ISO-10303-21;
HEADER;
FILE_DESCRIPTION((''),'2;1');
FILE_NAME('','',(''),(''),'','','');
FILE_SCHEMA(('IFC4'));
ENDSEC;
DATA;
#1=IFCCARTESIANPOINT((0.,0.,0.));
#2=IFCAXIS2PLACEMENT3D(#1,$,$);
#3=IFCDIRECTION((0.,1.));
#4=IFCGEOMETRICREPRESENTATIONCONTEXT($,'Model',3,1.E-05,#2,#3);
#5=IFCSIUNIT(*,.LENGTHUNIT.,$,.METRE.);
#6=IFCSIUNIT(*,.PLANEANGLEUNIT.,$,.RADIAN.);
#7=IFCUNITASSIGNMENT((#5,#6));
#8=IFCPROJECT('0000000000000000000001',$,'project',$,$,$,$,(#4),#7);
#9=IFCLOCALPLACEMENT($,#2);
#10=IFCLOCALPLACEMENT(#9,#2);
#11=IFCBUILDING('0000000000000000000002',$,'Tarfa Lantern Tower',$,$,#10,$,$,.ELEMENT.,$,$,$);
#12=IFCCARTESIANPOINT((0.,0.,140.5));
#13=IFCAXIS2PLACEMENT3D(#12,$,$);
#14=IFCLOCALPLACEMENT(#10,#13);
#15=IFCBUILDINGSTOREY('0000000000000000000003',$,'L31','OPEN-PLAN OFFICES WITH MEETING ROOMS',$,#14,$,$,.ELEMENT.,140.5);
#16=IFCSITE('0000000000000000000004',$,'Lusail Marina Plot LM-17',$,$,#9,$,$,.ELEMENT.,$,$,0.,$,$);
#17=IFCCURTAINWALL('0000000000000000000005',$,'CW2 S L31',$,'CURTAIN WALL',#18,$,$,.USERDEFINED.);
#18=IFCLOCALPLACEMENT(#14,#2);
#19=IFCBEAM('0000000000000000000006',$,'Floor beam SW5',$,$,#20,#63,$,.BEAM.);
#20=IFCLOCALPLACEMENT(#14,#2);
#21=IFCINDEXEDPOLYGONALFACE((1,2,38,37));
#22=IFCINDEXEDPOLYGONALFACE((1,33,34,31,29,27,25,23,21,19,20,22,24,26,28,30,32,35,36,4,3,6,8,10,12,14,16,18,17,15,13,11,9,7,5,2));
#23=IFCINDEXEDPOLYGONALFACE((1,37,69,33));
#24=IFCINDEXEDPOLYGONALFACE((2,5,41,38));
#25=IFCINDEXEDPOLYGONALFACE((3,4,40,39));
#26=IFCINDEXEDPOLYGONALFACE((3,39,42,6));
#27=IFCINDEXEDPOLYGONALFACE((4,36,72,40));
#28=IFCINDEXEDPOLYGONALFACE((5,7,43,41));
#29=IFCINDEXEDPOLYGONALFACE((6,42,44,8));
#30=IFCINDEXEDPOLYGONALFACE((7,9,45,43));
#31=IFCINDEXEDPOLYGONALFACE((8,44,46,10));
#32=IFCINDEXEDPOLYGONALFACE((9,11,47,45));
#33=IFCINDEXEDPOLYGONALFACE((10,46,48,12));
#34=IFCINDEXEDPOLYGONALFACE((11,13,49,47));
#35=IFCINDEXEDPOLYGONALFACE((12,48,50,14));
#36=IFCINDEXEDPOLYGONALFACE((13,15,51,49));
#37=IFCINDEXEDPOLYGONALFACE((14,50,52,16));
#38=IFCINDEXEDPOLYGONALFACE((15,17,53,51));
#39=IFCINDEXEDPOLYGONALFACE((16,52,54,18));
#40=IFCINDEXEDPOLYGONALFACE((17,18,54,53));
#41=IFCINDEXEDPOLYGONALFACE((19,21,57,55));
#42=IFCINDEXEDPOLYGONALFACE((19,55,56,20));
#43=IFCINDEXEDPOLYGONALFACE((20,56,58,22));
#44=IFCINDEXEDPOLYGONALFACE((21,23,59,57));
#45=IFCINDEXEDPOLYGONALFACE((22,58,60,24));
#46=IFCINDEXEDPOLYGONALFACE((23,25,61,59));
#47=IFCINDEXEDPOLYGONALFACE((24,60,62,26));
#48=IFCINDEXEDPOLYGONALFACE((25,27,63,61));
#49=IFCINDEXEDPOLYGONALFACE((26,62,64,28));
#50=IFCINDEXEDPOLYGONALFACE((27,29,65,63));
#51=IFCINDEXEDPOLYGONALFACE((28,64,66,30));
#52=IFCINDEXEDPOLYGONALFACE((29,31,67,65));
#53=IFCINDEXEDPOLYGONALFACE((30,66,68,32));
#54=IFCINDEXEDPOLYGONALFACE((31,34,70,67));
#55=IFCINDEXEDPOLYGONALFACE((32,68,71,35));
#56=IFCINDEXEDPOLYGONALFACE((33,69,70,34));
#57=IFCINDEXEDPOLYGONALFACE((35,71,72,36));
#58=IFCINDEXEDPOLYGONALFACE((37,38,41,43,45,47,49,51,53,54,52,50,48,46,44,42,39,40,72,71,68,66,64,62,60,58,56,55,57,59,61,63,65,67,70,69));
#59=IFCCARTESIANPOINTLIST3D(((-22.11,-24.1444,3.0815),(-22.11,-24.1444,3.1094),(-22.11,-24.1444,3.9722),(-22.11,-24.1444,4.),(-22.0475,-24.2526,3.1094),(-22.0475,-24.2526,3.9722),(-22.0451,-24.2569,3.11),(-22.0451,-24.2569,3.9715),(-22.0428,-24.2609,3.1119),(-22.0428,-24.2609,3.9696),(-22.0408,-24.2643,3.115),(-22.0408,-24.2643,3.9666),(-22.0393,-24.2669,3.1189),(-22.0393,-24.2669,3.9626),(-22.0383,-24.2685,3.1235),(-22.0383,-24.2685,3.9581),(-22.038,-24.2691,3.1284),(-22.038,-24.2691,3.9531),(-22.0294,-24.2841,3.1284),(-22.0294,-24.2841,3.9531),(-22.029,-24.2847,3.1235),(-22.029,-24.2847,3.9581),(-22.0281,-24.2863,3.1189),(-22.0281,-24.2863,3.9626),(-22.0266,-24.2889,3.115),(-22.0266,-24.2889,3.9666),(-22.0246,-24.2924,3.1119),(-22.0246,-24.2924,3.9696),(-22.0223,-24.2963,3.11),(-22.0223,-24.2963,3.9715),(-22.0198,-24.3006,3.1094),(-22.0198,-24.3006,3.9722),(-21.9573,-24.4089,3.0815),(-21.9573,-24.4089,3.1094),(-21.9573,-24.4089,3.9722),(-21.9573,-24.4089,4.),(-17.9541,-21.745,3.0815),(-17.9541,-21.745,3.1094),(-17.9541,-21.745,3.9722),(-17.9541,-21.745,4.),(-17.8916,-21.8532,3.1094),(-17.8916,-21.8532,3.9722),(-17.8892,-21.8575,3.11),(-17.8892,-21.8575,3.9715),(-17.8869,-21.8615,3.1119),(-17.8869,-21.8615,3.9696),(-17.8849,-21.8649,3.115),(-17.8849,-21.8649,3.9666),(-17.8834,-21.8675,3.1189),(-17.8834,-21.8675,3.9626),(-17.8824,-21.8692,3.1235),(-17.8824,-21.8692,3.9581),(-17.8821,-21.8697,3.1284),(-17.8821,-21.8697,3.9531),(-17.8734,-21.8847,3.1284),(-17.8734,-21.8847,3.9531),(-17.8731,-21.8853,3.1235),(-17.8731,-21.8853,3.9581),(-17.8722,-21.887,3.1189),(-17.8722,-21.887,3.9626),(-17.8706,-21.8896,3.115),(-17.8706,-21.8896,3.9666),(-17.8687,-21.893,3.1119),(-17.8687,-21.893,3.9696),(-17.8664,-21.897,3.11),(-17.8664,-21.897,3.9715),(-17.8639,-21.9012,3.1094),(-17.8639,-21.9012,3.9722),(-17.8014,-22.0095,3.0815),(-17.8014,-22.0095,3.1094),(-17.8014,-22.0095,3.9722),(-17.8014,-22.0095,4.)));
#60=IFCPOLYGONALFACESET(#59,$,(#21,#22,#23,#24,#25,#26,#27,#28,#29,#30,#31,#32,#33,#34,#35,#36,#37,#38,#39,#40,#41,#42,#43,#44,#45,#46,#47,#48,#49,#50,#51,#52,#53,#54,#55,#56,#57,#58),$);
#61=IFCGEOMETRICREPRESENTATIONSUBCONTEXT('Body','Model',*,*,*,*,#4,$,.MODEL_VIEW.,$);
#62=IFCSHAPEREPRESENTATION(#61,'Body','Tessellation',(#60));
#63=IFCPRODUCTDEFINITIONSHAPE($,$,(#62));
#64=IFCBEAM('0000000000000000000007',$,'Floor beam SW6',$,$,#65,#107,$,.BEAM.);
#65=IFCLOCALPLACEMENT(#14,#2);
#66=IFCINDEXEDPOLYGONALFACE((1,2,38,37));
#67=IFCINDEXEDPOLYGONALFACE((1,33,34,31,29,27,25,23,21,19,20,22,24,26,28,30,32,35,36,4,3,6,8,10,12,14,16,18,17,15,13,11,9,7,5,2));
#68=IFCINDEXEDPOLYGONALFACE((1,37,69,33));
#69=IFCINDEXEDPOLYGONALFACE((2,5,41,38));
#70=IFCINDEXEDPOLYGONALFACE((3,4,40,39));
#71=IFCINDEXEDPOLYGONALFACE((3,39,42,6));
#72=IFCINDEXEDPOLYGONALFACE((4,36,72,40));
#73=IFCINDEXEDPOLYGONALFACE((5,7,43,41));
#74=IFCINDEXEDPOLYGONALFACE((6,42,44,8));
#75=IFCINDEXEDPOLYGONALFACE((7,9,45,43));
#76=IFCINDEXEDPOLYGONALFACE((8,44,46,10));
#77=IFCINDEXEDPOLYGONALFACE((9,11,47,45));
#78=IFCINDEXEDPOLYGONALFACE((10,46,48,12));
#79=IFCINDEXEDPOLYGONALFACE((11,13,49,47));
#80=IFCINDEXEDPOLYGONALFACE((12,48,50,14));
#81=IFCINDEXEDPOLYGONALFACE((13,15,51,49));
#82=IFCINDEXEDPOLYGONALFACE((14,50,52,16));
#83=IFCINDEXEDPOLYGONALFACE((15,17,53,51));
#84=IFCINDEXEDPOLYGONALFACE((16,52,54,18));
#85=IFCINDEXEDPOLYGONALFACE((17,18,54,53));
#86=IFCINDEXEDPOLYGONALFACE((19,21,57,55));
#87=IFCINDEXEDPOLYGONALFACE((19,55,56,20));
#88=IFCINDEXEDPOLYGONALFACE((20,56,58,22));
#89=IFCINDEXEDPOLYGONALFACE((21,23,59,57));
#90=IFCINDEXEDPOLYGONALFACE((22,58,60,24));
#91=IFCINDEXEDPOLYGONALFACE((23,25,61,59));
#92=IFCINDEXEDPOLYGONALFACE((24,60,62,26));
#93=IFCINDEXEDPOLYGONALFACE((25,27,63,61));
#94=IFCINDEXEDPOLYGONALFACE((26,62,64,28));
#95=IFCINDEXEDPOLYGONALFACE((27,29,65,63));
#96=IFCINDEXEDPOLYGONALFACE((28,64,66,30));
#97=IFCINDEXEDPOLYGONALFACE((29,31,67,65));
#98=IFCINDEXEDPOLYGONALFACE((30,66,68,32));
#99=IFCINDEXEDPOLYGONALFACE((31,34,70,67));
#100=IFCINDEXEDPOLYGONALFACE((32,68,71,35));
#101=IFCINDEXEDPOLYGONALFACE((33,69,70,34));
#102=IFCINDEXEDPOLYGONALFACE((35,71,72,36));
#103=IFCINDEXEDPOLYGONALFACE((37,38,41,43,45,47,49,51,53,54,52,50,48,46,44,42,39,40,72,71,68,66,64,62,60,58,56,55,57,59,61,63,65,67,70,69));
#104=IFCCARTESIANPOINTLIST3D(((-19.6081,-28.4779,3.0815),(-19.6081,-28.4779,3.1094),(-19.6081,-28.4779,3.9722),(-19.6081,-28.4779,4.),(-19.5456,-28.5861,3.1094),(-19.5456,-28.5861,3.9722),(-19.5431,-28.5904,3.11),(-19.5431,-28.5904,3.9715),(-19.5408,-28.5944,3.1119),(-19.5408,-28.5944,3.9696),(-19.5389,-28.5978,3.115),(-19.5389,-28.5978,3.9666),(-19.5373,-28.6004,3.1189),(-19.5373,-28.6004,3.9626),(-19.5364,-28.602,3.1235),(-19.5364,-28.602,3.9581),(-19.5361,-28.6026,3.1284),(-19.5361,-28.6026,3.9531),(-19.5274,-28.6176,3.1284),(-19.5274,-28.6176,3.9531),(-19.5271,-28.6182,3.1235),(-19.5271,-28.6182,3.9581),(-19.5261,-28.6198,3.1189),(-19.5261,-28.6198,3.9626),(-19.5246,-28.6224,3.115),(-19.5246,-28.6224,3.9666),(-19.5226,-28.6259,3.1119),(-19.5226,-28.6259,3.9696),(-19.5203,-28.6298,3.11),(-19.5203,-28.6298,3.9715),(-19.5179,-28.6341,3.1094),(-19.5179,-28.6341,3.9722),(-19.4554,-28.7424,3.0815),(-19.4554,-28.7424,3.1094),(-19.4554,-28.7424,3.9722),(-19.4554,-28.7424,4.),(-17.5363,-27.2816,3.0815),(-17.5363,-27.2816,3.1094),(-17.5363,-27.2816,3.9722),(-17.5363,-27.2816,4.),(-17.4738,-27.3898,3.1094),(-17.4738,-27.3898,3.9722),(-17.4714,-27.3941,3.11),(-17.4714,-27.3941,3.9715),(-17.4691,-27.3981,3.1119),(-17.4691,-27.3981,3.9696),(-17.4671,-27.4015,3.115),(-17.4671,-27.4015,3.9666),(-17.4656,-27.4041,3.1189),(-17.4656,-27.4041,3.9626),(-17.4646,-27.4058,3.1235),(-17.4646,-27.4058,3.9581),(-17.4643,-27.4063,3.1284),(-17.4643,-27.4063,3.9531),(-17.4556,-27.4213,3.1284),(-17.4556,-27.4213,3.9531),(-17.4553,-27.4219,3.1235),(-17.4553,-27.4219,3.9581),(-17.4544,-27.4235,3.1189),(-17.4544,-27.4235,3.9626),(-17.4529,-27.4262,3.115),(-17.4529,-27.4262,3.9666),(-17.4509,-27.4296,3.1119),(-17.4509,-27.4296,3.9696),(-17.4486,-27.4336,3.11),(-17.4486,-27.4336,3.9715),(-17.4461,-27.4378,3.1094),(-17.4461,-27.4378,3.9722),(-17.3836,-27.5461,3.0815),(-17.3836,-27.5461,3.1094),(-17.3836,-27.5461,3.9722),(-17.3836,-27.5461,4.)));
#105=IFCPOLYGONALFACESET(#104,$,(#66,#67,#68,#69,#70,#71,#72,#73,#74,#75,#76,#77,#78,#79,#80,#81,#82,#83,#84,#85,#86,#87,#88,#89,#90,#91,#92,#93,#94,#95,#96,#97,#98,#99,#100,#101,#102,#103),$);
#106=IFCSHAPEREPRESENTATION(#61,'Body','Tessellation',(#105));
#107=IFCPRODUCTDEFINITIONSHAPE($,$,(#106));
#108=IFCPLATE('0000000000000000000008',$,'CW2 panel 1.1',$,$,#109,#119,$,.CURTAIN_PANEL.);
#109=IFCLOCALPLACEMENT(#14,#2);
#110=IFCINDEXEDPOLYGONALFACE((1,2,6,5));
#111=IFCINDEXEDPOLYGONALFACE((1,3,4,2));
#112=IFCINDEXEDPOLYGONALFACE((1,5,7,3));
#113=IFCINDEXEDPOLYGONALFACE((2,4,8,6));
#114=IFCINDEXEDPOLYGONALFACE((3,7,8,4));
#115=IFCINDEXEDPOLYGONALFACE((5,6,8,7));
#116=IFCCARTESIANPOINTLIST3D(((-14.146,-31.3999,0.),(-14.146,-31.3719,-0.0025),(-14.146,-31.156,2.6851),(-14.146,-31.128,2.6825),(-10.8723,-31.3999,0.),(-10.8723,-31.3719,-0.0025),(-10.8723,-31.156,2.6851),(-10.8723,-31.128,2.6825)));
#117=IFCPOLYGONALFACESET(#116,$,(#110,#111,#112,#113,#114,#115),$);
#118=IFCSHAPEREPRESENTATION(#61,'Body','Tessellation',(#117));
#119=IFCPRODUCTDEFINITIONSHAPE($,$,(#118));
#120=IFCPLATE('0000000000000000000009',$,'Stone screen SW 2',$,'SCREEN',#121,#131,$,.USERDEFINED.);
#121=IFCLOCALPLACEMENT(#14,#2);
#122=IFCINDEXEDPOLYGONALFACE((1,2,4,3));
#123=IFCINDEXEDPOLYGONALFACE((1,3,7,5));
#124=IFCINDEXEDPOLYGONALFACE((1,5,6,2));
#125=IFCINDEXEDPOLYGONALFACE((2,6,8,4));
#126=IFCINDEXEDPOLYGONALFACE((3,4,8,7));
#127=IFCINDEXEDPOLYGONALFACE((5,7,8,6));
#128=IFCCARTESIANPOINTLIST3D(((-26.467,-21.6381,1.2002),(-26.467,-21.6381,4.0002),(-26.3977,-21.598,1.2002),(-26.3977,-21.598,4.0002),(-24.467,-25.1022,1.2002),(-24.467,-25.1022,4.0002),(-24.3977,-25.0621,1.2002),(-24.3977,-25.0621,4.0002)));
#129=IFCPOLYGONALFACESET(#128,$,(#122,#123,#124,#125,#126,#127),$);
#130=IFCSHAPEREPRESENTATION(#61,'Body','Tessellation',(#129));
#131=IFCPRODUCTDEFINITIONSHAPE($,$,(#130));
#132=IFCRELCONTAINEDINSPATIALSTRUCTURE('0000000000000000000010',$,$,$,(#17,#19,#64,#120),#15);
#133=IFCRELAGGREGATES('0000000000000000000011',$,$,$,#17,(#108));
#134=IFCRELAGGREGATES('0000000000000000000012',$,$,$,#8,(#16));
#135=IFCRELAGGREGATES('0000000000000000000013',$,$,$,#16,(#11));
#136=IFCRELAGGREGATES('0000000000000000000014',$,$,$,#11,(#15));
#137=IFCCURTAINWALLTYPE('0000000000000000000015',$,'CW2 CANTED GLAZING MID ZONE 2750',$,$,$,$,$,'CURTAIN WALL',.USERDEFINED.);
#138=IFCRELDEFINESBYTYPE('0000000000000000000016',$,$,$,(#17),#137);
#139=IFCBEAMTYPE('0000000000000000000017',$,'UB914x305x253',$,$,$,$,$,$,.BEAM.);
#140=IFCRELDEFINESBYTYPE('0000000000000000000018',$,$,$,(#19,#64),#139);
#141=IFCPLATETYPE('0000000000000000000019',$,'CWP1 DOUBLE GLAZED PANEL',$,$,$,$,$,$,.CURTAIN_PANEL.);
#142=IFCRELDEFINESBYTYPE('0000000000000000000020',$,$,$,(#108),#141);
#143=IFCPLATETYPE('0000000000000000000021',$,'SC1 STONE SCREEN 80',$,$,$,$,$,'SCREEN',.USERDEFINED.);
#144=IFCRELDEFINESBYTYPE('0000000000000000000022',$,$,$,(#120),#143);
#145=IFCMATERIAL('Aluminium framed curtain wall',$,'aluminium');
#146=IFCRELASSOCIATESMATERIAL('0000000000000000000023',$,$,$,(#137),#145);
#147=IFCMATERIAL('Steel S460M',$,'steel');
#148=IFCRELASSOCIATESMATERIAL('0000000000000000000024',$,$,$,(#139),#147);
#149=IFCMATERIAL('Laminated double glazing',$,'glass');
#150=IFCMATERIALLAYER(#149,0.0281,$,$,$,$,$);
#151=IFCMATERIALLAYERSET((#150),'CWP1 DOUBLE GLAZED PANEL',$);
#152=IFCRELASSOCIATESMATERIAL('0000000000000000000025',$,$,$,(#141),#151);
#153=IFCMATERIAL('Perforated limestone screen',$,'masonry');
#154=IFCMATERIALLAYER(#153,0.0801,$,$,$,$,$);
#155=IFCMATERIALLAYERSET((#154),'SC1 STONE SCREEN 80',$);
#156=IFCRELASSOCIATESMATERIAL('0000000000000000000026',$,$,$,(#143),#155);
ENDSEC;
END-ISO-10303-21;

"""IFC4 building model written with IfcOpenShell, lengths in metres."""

from ifc_helpers import new_model, si_unit, direction, frame, origin, origin_2d, place, context, subcontext, project, spatial, polyline, rectangle, i_section, outline, extrude, material, layer, layer_set, material_profile, profile_set, type_object, element, aggregate, save


model = new_model("IFC4")

# Units and contexts
model_context = context("Model", 3, precision=1e-05, world=origin(), true_north=direction((0.0, 1.0)))
body_context = subcontext(model_context, "Body", "Model", "MODEL_VIEW")
ifc_project = project(units=[si_unit("LENGTHUNIT", "METRE"), si_unit("PLANEANGLEUNIT", "RADIAN")], contexts=[model_context])

# Site, building, storey
site_placement = place(None, origin())
site = spatial("IfcSite", under=ifc_project, at=site_placement, Name="Lusail Marina Plot LM-17", CompositionType="ELEMENT", RefElevation=0.0)
building_placement = place(site_placement, origin())
building = spatial("IfcBuilding", under=site, at=building_placement, Name="Tarfa Lantern Tower", CompositionType="ELEMENT")
storey_placement = place(building_placement, frame((0.0, 0.0, 140.5)))
storey = spatial("IfcBuildingStorey", under=building, at=storey_placement, Name="L31", Description="OPEN-PLAN OFFICES WITH MEETING ROOMS", CompositionType="ELEMENT", Elevation=140.5)

# Curtain wall
ifc_material_1 = material(Name="Aluminium framed curtain wall", Category="aluminium")
curtain_wall_type = type_object("IfcCurtainWallType", Name="CW2 CANTED GLAZING MID ZONE 2750", ElementType="CURTAIN WALL", PredefinedType="USERDEFINED", material=ifc_material_1)
curtain_wall_placement = place(storey_placement, origin())
curtain_wall = element("IfcCurtainWall", 1, at=curtain_wall_placement, inside=storey, type_object=curtain_wall_type, Name="CW2 S L31", ObjectType="CURTAIN WALL", PredefinedType="USERDEFINED")

# Beams
ifc_material_2 = material(Name="Steel S460M", Category="steel")
ifc_material_profile_1 = material_profile(ifc_material_2, i_section(OverallWidth=0.3054, OverallDepth=0.9185, WebThickness=0.0173, FlangeThickness=0.0278, FilletRadius=0.019, at=origin_2d()), Name="UB914x305x253")
ifc_profile_set_1 = profile_set([ifc_material_profile_1], Name="Steel S460M")
beam_type_1 = type_object("IfcBeamType", Name="UB914x305x253", PredefinedType="BEAM", material=ifc_profile_set_1)
beam_1_placement = place(storey_placement, frame((-22.0337, -24.2766, 3.5408), z_axis=(0.866031, 0.499991, 0.0), x_axis=(-0.499991, 0.866031, 0.0)))
element("IfcBeam", 2, at=beam_1_placement, inside=storey, type_object=beam_type_1, Name="Floor beam SW5", PredefinedType="BEAM", context=body_context, shape_type="SweptSolid", body=[
    extrude(i_section(OverallWidth=0.3054, OverallDepth=0.9185, WebThickness=0.0173, FlangeThickness=0.0278, FilletRadius=0.019, at=origin_2d()), origin(), (0.0, 0.0, 1.0), 4.7988),
])
beam_2_placement = place(storey_placement, frame((-19.5317, -28.6101, 3.5408), z_axis=(0.865999, 0.500046, 0.0), x_axis=(-0.500046, 0.865999, 0.0)))
element("IfcBeam", 3, at=beam_2_placement, inside=storey, type_object=beam_type_1, Name="Floor beam SW6", PredefinedType="BEAM", context=body_context, shape_type="SweptSolid", body=[
    extrude(i_section(OverallWidth=0.3054, OverallDepth=0.9185, WebThickness=0.0173, FlangeThickness=0.0278, FilletRadius=0.019, at=origin_2d()), origin(), (0.0, 0.0, 1.0), 2.3923),
])

# Plates
ifc_material_3 = material(Name="Laminated double glazing", Category="glass")
ifc_layer_1 = layer(ifc_material_3, 0.0281)
ifc_layer_set_1 = layer_set([ifc_layer_1], Name="CWP1 DOUBLE GLAZED PANEL")
plate_type_1 = type_object("IfcPlateType", Name="CWP1 DOUBLE GLAZED PANEL", PredefinedType="CURTAIN_PANEL", material=ifc_layer_set_1)
plate_1_placement = place(storey_placement, frame((-14.146, -31.3999, 0.0), z_axis=(0.0, -0.9959, 0.090462), x_axis=(1.0, 0.0, 0.0)))
plate_1 = element("IfcPlate", 4, at=plate_1_placement, type_object=plate_type_1, Name="CW2 panel 1.1", PredefinedType="CURTAIN_PANEL", context=body_context, shape_type="SweptSolid", body=[
    extrude(outline(polyline([(0.0, 0.0), (3.2737, 0.0), (3.2737, 2.6961), (0.0, 2.6961), (0.0, 0.0)])), origin(), (0.0, 0.0, -1.0), 0.0281),
])
aggregate(curtain_wall, [plate_1])
ifc_material_4 = material(Name="Perforated limestone screen", Category="masonry")
ifc_layer_2 = layer(ifc_material_4, 0.0801)
ifc_layer_set_2 = layer_set([ifc_layer_2], Name="SC1 STONE SCREEN 80")
plate_type_2 = type_object("IfcPlateType", Name="SC1 STONE SCREEN 80", ElementType="SCREEN", PredefinedType="USERDEFINED", material=ifc_layer_set_2)
plate_2_placement = place(storey_placement, frame((-25.4324, -23.3501, 1.2002), z_axis=(0.0, 0.0, 1.0), x_axis=(0.5, -0.866025, 0.0)))
element("IfcPlate", 5, at=plate_2_placement, inside=storey, type_object=plate_type_2, Name="Stone screen SW 2", ObjectType="SCREEN", PredefinedType="USERDEFINED", context=body_context, shape_type="SweptSolid", body=[
    extrude(rectangle(XDim=4.0, YDim=0.0801, at=origin_2d()), origin(), (0.0, 0.0, 1.0), 2.8),
])

save(model, "model.ifc")
